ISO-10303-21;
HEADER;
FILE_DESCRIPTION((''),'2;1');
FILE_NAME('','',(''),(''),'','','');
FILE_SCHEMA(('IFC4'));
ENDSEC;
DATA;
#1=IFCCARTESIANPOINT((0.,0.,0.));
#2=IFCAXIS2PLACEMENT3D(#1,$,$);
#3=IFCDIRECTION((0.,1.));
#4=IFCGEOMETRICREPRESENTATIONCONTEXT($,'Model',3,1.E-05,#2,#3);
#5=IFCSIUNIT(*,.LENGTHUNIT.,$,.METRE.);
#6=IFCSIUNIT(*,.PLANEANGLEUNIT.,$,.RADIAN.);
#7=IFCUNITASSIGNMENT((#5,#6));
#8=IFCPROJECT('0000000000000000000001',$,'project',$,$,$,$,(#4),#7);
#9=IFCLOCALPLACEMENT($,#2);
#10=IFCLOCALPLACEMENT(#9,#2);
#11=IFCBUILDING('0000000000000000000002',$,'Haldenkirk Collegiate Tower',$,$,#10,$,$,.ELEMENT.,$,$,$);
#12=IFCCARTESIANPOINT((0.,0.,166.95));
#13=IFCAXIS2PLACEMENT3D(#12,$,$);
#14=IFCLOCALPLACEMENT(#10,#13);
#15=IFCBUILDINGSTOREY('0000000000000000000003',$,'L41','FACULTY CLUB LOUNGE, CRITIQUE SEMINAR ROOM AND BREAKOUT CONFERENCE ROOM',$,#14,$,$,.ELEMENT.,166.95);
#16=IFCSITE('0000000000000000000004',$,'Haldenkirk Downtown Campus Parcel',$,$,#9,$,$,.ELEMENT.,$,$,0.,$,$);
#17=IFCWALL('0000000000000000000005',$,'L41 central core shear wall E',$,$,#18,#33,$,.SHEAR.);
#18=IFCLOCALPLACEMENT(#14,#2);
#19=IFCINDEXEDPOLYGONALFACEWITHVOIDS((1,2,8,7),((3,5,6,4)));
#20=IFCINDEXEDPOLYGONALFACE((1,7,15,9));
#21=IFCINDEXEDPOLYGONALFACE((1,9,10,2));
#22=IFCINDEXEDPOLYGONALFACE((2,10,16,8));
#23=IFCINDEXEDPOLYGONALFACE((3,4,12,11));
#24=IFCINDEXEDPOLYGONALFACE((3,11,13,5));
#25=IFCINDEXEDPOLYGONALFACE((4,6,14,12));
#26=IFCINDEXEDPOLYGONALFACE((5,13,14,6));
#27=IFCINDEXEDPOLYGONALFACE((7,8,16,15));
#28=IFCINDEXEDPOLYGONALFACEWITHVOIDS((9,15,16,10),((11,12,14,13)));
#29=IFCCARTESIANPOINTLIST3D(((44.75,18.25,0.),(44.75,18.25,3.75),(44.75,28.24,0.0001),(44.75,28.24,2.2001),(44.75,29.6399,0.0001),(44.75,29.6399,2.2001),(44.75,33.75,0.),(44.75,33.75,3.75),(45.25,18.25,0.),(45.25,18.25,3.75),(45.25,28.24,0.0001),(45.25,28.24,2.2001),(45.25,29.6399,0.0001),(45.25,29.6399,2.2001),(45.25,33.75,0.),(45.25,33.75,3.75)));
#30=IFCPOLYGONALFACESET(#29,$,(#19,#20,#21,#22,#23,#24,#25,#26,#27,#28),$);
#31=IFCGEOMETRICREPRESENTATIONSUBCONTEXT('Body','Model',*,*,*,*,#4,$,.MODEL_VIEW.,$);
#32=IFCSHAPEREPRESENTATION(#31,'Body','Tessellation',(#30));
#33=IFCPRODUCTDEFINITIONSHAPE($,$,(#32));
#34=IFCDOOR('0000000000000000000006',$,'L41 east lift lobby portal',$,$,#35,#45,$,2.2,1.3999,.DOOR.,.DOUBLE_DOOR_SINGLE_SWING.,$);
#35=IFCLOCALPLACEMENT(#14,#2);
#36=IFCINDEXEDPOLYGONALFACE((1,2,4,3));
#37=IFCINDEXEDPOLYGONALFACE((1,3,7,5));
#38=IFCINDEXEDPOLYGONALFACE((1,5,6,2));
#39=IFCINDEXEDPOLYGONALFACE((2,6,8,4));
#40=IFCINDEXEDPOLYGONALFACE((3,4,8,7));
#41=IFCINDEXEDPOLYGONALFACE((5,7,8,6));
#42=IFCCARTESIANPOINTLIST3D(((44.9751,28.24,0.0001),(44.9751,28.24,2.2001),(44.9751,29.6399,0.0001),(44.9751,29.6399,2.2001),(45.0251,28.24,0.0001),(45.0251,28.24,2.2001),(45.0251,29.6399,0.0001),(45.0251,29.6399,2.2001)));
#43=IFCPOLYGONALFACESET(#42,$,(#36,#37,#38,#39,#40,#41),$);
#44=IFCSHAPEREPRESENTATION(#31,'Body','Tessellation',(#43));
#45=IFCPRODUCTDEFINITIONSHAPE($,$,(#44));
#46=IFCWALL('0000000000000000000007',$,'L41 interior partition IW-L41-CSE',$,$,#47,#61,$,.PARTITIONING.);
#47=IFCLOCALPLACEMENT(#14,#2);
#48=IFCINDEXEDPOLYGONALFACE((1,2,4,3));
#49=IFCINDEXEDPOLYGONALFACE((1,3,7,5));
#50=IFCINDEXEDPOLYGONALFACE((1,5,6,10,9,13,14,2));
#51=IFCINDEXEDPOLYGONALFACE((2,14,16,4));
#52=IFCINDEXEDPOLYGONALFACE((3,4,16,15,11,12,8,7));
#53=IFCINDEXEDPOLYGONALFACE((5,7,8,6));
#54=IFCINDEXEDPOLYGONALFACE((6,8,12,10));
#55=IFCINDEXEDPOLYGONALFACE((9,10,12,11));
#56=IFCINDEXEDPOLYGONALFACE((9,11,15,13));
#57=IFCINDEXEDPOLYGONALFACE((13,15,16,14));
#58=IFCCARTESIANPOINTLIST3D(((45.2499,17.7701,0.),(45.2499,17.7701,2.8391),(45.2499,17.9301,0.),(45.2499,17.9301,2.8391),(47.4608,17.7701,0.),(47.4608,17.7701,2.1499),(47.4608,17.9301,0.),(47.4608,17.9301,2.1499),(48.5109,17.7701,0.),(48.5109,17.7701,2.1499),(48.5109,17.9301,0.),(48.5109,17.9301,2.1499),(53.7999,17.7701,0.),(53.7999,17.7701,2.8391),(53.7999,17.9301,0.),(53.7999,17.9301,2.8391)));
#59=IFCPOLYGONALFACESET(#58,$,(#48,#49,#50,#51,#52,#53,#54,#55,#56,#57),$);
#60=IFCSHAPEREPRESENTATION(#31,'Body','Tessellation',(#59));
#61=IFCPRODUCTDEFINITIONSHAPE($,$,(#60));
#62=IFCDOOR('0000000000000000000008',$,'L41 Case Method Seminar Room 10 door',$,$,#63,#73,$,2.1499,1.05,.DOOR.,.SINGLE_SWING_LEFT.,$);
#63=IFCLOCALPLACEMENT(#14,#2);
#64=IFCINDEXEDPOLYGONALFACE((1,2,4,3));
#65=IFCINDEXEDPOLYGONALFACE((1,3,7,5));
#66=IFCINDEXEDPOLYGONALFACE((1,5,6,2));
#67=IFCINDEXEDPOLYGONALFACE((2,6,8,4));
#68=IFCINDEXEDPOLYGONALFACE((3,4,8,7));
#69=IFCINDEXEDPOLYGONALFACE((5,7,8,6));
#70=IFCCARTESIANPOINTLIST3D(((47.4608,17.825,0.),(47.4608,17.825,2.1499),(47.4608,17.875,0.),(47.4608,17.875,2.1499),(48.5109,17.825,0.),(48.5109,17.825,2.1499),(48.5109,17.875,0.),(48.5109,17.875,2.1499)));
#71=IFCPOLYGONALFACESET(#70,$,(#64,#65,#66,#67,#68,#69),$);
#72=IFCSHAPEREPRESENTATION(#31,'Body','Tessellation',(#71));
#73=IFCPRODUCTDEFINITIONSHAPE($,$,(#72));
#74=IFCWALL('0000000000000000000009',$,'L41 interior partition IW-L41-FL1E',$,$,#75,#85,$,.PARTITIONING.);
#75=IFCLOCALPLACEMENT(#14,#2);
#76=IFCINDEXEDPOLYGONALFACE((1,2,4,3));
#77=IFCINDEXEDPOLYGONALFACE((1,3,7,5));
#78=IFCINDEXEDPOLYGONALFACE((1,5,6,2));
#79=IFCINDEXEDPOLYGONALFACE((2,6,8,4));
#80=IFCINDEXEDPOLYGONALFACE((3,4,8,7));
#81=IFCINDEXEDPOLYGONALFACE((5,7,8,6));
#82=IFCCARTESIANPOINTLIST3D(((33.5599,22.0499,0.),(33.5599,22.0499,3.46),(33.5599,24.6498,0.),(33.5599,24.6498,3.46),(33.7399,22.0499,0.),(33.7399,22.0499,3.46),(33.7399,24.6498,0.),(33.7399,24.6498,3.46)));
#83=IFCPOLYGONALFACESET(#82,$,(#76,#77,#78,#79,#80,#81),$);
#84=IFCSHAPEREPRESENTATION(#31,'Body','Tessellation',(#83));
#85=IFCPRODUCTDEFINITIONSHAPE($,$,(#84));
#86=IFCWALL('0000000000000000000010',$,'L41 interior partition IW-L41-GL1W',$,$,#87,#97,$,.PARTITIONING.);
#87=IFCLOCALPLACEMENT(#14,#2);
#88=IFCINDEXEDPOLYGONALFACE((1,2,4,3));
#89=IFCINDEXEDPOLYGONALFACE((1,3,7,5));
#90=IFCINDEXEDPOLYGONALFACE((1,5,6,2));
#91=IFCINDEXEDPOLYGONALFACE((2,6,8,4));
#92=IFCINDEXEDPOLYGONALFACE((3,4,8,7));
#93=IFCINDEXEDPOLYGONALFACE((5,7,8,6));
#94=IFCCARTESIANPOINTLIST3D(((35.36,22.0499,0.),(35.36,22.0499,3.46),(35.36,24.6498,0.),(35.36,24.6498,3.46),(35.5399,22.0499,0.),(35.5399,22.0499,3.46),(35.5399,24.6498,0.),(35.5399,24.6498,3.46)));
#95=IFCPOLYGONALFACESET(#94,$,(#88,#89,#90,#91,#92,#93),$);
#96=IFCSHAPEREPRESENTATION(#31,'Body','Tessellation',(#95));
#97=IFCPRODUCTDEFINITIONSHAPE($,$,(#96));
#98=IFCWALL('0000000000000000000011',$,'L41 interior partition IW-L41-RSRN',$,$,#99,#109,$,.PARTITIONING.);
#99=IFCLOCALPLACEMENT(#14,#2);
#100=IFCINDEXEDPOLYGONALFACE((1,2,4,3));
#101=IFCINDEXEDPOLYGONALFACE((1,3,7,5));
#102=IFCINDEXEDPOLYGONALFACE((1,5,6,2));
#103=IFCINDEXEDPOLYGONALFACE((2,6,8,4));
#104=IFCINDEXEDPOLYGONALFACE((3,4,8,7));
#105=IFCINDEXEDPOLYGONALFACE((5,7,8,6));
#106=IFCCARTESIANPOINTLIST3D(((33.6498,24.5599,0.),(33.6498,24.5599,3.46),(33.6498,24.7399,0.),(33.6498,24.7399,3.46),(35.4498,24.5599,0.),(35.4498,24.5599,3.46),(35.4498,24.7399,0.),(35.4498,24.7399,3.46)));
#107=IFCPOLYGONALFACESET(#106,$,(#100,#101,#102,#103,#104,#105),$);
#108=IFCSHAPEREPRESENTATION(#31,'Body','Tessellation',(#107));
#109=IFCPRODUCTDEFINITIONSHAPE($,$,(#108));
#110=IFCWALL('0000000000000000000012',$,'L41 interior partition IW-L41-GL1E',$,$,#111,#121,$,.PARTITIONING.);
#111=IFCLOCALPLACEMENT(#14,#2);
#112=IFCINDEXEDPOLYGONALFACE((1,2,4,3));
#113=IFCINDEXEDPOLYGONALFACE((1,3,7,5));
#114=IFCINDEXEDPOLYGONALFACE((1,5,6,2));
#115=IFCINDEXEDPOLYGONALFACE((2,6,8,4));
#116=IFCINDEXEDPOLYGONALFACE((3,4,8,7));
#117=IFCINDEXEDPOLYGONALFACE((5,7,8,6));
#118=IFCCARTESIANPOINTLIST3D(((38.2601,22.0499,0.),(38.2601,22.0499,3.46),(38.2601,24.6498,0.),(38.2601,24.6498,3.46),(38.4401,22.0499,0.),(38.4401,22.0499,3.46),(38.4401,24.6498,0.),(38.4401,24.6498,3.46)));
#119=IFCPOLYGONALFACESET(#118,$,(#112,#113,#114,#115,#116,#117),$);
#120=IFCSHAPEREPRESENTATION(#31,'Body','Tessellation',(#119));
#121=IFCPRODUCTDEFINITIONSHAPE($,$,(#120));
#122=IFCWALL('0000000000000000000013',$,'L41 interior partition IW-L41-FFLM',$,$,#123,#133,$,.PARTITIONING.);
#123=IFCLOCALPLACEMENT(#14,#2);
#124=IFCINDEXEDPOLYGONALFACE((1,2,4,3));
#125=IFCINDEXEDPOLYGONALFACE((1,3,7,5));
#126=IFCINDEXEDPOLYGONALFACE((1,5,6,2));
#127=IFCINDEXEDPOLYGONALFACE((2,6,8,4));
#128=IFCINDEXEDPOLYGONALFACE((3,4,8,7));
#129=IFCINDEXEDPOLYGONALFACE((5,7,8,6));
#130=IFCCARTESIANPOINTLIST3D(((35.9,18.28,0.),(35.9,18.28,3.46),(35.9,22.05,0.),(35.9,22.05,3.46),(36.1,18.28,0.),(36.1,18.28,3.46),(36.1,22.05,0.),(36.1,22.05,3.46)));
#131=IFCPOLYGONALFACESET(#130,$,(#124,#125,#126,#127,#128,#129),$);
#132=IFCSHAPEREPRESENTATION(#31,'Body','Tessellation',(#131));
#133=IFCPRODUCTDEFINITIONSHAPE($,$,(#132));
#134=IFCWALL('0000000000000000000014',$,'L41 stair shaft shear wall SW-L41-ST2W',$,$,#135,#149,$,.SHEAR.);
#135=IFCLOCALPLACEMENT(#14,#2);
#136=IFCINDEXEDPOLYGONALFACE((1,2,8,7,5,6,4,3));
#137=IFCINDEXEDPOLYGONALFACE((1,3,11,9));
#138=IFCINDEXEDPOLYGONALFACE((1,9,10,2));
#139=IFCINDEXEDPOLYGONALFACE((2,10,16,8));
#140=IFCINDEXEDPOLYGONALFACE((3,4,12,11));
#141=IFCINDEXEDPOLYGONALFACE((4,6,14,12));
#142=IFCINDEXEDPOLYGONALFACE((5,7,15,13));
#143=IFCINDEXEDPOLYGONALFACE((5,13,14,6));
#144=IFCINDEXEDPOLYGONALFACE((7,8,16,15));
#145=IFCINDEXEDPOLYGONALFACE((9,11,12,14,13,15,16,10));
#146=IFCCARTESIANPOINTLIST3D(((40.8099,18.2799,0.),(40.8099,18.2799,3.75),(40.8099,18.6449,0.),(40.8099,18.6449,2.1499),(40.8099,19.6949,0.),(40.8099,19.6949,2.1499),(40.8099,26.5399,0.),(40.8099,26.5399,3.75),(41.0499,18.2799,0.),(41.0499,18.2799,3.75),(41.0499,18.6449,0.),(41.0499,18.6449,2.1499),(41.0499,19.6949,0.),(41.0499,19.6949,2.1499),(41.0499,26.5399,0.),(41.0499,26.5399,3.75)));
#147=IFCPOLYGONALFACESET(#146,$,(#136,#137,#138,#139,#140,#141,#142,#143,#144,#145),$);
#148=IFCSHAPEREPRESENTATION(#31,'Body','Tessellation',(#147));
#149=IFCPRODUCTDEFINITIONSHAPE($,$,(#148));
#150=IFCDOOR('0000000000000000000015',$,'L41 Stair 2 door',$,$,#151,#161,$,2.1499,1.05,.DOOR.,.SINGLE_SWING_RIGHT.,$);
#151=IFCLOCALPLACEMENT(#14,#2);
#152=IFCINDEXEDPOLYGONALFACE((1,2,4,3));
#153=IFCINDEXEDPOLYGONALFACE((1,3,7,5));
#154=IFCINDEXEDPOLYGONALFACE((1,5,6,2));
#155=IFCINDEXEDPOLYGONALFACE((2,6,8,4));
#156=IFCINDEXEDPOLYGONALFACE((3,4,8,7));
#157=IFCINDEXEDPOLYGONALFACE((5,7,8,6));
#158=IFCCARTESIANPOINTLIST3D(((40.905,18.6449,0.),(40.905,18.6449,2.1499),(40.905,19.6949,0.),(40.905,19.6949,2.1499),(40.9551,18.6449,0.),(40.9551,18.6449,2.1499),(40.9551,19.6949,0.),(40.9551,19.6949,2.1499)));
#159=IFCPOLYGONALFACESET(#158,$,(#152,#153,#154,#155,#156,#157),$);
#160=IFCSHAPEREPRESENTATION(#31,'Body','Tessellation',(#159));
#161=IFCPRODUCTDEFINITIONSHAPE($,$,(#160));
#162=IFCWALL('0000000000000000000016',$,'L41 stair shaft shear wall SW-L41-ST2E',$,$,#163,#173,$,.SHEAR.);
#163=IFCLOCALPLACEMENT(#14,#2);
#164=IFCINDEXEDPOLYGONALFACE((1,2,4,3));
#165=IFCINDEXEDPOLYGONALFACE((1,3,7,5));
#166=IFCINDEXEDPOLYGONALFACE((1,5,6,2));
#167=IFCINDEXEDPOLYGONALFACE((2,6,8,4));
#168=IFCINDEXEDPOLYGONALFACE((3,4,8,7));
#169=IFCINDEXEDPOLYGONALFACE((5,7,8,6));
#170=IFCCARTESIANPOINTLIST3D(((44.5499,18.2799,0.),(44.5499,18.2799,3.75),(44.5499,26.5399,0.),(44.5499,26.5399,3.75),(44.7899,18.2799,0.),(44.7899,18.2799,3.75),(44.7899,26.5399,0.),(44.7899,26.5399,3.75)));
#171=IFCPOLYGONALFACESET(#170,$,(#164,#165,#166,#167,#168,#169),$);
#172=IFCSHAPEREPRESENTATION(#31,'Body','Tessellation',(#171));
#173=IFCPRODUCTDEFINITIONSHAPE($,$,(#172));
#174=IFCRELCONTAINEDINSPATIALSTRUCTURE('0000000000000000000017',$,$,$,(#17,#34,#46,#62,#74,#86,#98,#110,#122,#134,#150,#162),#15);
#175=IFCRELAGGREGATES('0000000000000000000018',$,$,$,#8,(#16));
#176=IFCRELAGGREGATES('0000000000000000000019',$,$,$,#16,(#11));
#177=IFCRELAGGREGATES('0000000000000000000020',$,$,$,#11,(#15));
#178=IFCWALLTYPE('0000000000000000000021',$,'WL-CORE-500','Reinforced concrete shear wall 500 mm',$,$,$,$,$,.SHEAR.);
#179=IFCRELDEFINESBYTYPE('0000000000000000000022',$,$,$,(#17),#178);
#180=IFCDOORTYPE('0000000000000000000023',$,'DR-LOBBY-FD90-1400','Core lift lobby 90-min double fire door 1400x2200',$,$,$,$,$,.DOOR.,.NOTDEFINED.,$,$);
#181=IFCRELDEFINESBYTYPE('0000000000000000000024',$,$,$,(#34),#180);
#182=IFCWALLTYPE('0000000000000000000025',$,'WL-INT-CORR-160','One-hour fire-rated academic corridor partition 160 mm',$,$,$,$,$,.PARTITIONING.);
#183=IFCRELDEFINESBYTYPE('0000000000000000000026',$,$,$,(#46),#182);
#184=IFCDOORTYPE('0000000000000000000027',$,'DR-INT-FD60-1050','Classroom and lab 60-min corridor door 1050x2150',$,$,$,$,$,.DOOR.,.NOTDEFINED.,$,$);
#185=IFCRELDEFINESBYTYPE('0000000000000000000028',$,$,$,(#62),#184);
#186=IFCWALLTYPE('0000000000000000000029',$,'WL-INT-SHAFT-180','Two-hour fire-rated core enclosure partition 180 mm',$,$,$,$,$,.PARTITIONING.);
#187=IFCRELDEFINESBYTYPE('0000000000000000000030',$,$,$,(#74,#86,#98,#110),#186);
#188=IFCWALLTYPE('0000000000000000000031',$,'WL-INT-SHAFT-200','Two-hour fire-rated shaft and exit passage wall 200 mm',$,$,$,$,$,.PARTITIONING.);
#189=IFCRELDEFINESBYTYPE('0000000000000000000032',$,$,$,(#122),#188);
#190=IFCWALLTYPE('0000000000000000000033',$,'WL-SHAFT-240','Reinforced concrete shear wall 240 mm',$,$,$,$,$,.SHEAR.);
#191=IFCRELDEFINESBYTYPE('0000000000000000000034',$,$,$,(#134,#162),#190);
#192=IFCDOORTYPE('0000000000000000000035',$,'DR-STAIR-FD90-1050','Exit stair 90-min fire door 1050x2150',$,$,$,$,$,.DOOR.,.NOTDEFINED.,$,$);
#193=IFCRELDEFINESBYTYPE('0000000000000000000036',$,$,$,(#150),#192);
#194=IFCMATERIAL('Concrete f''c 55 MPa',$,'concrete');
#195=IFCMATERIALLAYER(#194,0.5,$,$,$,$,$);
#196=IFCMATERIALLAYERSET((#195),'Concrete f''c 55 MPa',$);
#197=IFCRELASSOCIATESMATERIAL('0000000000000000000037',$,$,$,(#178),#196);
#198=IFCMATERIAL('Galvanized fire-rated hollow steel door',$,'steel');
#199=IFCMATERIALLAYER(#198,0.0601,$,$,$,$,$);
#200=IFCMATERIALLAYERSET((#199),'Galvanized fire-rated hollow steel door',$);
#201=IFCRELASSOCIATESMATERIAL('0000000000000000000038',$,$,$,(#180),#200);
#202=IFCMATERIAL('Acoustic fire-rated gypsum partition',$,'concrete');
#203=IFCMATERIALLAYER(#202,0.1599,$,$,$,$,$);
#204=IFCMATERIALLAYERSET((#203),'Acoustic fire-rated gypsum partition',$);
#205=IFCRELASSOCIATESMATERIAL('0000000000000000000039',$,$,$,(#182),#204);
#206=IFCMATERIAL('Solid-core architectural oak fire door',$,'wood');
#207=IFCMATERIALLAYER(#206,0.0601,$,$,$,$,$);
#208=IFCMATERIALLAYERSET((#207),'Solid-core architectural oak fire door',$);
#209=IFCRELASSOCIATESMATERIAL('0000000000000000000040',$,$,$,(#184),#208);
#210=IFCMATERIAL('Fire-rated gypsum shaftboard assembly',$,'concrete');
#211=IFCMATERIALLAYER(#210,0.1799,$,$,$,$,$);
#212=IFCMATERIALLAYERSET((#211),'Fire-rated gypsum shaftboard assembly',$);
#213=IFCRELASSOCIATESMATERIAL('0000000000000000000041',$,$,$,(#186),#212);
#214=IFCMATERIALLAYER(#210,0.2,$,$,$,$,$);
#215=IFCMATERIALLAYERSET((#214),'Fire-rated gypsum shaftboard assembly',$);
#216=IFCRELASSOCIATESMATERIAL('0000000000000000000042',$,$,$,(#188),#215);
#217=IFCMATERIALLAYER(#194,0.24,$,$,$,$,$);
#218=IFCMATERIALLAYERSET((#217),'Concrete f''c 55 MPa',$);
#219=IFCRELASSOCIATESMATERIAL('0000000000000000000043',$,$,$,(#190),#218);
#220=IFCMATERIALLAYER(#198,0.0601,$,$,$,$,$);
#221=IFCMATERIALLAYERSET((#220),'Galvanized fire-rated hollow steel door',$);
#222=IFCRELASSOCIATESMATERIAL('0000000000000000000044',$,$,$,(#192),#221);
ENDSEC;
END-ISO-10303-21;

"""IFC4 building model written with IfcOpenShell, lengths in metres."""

from ifc_helpers import new_model, si_unit, direction, frame, frame_2d, origin, place, context, subcontext, project, spatial, rectangle, extrude, material, layer, layer_set, type_object, element, fill, save


model = new_model("IFC4")

# Units and contexts
model_context = context("Model", 3, precision=1e-05, world=origin(), true_north=direction((0.0, 1.0)))
body_context = subcontext(model_context, "Body", "Model", "MODEL_VIEW")
ifc_project = project(units=[si_unit("LENGTHUNIT", "METRE"), si_unit("PLANEANGLEUNIT", "RADIAN")], contexts=[model_context])

# Site, building, storey
site_placement = place(None, origin())
site = spatial("IfcSite", under=ifc_project, at=site_placement, Name="Haldenkirk Downtown Campus Parcel", CompositionType="ELEMENT", RefElevation=0.0)
building_placement = place(site_placement, origin())
building = spatial("IfcBuilding", under=site, at=building_placement, Name="Haldenkirk Collegiate Tower", CompositionType="ELEMENT")
storey_placement = place(building_placement, frame((0.0, 0.0, 166.95)))
storey = spatial("IfcBuildingStorey", under=building, at=storey_placement, Name="L41", Description="FACULTY CLUB LOUNGE, CRITIQUE SEMINAR ROOM AND BREAKOUT CONFERENCE ROOM", CompositionType="ELEMENT", Elevation=166.95)

# Walls, openings, doors
ifc_material_1 = material(Name="Concrete f'c 55 MPa", Category="concrete")
ifc_layer_1 = layer(ifc_material_1, 0.5)
ifc_layer_set_1 = layer_set([ifc_layer_1], Name="Concrete f'c 55 MPa")
wall_type_1 = type_object("IfcWallType", Name="WL-CORE-500", Description="Reinforced concrete shear wall 500 mm", PredefinedType="SHEAR", material=ifc_layer_set_1)
wall_1_placement = place(storey_placement, frame((45.0, 18.25, 0.0), z_axis=(0.0, 0.0, 1.0), x_axis=(0.0, 1.0, 0.0)))
wall_1 = element("IfcWall", 1, at=wall_1_placement, inside=storey, type_object=wall_type_1, Name="L41 central core shear wall E", PredefinedType="SHEAR", context=body_context, shape_type="SweptSolid", body=[
    extrude(rectangle(XDim=15.5, YDim=0.5, at=frame_2d((7.75, 0.0))), origin(), (0.0, 0.0, 1.0), 3.75),
])
opening_1_placement = place(wall_1_placement, frame((9.99, 0.0, 0.0)))
opening_1 = element("IfcOpeningElement", 2, at=opening_1_placement, cuts=wall_1, PredefinedType="OPENING", context=body_context, shape_type="SweptSolid", body=[
    extrude(rectangle(XDim=1.3999, YDim=2.2, at=frame_2d((0.7, 1.1001))), frame((0.0, 0.26, 0.0), z_axis=(0.0, -1.0, 0.0), x_axis=(1.0, 0.0, 0.0)), (0.0, 0.0, 1.0), 0.52),
])
ifc_material_2 = material(Name="Galvanized fire-rated hollow steel door", Category="steel")
ifc_layer_2 = layer(ifc_material_2, 0.0601)
ifc_layer_set_2 = layer_set([ifc_layer_2], Name="Galvanized fire-rated hollow steel door")
door_type_1 = type_object("IfcDoorType", Name="DR-LOBBY-FD90-1400", Description="Core lift lobby 90-min double fire door 1400x2200", OperationType="NOTDEFINED", PredefinedType="DOOR", material=ifc_layer_set_2)
door_1_placement = place(opening_1_placement, origin())
door_1 = element("IfcDoor", 3, at=door_1_placement, inside=storey, type_object=door_type_1, Name="L41 east lift lobby portal", OperationType="DOUBLE_DOOR_SINGLE_SWING", OverallHeight=2.2, OverallWidth=1.3999, PredefinedType="DOOR", context=body_context, shape_type="SweptSolid", body=[
    extrude(rectangle(XDim=1.3999, YDim=2.2, at=frame_2d((0.7, 1.1001))), frame((0.0, 0.0249, 0.0), z_axis=(0.0, -1.0, 0.0), x_axis=(1.0, 0.0, 0.0)), (0.0, 0.0, 1.0), 0.05),
])
fill(opening_1, door_1)
ifc_material_3 = material(Name="Acoustic fire-rated gypsum partition", Category="concrete")
ifc_layer_3 = layer(ifc_material_3, 0.1599)
ifc_layer_set_3 = layer_set([ifc_layer_3], Name="Acoustic fire-rated gypsum partition")
wall_type_2 = type_object("IfcWallType", Name="WL-INT-CORR-160", Description="One-hour fire-rated academic corridor partition 160 mm", PredefinedType="PARTITIONING", material=ifc_layer_set_3)
wall_2_placement = place(storey_placement, frame((45.25, 17.8501, 0.0), z_axis=(0.0, 0.0, 1.0), x_axis=(1.0, 0.0, 0.0)))
wall_2 = element("IfcWall", 4, at=wall_2_placement, inside=storey, type_object=wall_type_2, Name="L41 interior partition IW-L41-CSE", PredefinedType="PARTITIONING", context=body_context, shape_type="SweptSolid", body=[
    extrude(rectangle(XDim=8.55, YDim=0.1599, at=frame_2d((4.2749, 0.0))), origin(), (0.0, 0.0, 1.0), 2.8391),
])
opening_2_placement = place(wall_2_placement, frame((2.2109, 0.0, 0.0)))
opening_2 = element("IfcOpeningElement", 5, at=opening_2_placement, cuts=wall_2, PredefinedType="OPENING", context=body_context, shape_type="SweptSolid", body=[
    extrude(rectangle(XDim=1.05, YDim=2.1499, at=frame_2d((0.5249, 1.075))), frame((0.0, 0.0898, 0.0), z_axis=(0.0, -1.0, 0.0), x_axis=(1.0, 0.0, 0.0)), (0.0, 0.0, 1.0), 0.1799),
])
ifc_material_4 = material(Name="Solid-core architectural oak fire door", Category="wood")
ifc_layer_4 = layer(ifc_material_4, 0.0601)
ifc_layer_set_4 = layer_set([ifc_layer_4], Name="Solid-core architectural oak fire door")
door_type_2 = type_object("IfcDoorType", Name="DR-INT-FD60-1050", Description="Classroom and lab 60-min corridor door 1050x2150", OperationType="NOTDEFINED", PredefinedType="DOOR", material=ifc_layer_set_4)
door_2_placement = place(opening_2_placement, origin())
door_2 = element("IfcDoor", 6, at=door_2_placement, inside=storey, type_object=door_type_2, Name="L41 Case Method Seminar Room 10 door", OperationType="SINGLE_SWING_LEFT", OverallHeight=2.1499, OverallWidth=1.05, PredefinedType="DOOR", context=body_context, shape_type="SweptSolid", body=[
    extrude(rectangle(XDim=1.05, YDim=2.1499, at=frame_2d((0.5249, 1.075))), frame((0.0, 0.0249, 0.0), z_axis=(0.0, -1.0, 0.0), x_axis=(1.0, 0.0, 0.0)), (0.0, 0.0, 1.0), 0.05),
])
fill(opening_2, door_2)

# Walls
ifc_material_5 = material(Name="Fire-rated gypsum shaftboard assembly", Category="concrete")
ifc_layer_5 = layer(ifc_material_5, 0.1799)
ifc_layer_set_5 = layer_set([ifc_layer_5], Name="Fire-rated gypsum shaftboard assembly")
wall_type_3 = type_object("IfcWallType", Name="WL-INT-SHAFT-180", Description="Two-hour fire-rated core enclosure partition 180 mm", PredefinedType="PARTITIONING", material=ifc_layer_set_5)
for number, where, z_axis, x_axis, name in (
    (7, (33.6499, 22.05, 0.0), (0.0, 0.0, 1.0), (0.0, 1.0, 0.0), "L41 interior partition IW-L41-FL1E"),
    (8, (35.45, 22.05, 0.0), (0.0, 0.0, 1.0), (0.0, 1.0, 0.0), "L41 interior partition IW-L41-GL1W"),
):
    element("IfcWall", number, at=place(storey_placement, frame(where, z_axis=z_axis, x_axis=x_axis)), inside=storey, type_object=wall_type_3, Name=name, PredefinedType="PARTITIONING", context=body_context, shape_type="SweptSolid", body=[
        extrude(rectangle(XDim=2.5999, YDim=0.1799, at=frame_2d((1.2998, 0.0))), origin(), (0.0, 0.0, 1.0), 3.46),
    ])
wall_3_placement = place(storey_placement, frame((33.6499, 24.6499, 0.0), z_axis=(0.0, 0.0, 1.0), x_axis=(1.0, 0.0, 0.0)))
element("IfcWall", 9, at=wall_3_placement, inside=storey, type_object=wall_type_3, Name="L41 interior partition IW-L41-RSRN", PredefinedType="PARTITIONING", context=body_context, shape_type="SweptSolid", body=[
    extrude(rectangle(XDim=1.8, YDim=0.1799, at=frame_2d((0.8999, 0.0))), origin(), (0.0, 0.0, 1.0), 3.46),
])
wall_4_placement = place(storey_placement, frame((38.3501, 22.05, 0.0), z_axis=(0.0, 0.0, 1.0), x_axis=(0.0, 1.0, 0.0)))
element("IfcWall", 10, at=wall_4_placement, inside=storey, type_object=wall_type_3, Name="L41 interior partition IW-L41-GL1E", PredefinedType="PARTITIONING", context=body_context, shape_type="SweptSolid", body=[
    extrude(rectangle(XDim=2.5999, YDim=0.1799, at=frame_2d((1.2998, 0.0))), origin(), (0.0, 0.0, 1.0), 3.46),
])
ifc_layer_6 = layer(ifc_material_5, 0.2)
ifc_layer_set_6 = layer_set([ifc_layer_6], Name="Fire-rated gypsum shaftboard assembly")
wall_type_4 = type_object("IfcWallType", Name="WL-INT-SHAFT-200", Description="Two-hour fire-rated shaft and exit passage wall 200 mm", PredefinedType="PARTITIONING", material=ifc_layer_set_6)
wall_5_placement = place(storey_placement, frame((36.0, 18.28, 0.0), z_axis=(0.0, 0.0, 1.0), x_axis=(0.0, 1.0, 0.0)))
element("IfcWall", 11, at=wall_5_placement, inside=storey, type_object=wall_type_4, Name="L41 interior partition IW-L41-FFLM", PredefinedType="PARTITIONING", context=body_context, shape_type="SweptSolid", body=[
    extrude(rectangle(XDim=3.77, YDim=0.2, at=frame_2d((1.885, 0.0))), origin(), (0.0, 0.0, 1.0), 3.46),
])

# Wall, opening, door
ifc_layer_7 = layer(ifc_material_1, 0.24)
ifc_layer_set_7 = layer_set([ifc_layer_7], Name="Concrete f'c 55 MPa")
wall_type_5 = type_object("IfcWallType", Name="WL-SHAFT-240", Description="Reinforced concrete shear wall 240 mm", PredefinedType="SHEAR", material=ifc_layer_set_7)
wall_6_placement = place(storey_placement, frame((40.9299, 18.28, 0.0), z_axis=(0.0, 0.0, 1.0), x_axis=(0.0, 1.0, 0.0)))
wall_6 = element("IfcWall", 12, at=wall_6_placement, inside=storey, type_object=wall_type_5, Name="L41 stair shaft shear wall SW-L41-ST2W", PredefinedType="SHEAR", context=body_context, shape_type="SweptSolid", body=[
    extrude(rectangle(XDim=8.26, YDim=0.24, at=frame_2d((4.1299, 0.0))), origin(), (0.0, 0.0, 1.0), 3.75),
])
opening_3_placement = place(wall_6_placement, frame((0.365, 0.0, 0.0)))
opening_3 = element("IfcOpeningElement", 13, at=opening_3_placement, cuts=wall_6, PredefinedType="OPENING", context=body_context, shape_type="SweptSolid", body=[
    extrude(rectangle(XDim=1.05, YDim=2.1499, at=frame_2d((0.5249, 1.075))), frame((0.0, 0.1299, 0.0), z_axis=(0.0, -1.0, 0.0), x_axis=(1.0, 0.0, 0.0)), (0.0, 0.0, 1.0), 0.26),
])
ifc_layer_8 = layer(ifc_material_2, 0.0601)
ifc_layer_set_8 = layer_set([ifc_layer_8], Name="Galvanized fire-rated hollow steel door")
door_type_3 = type_object("IfcDoorType", Name="DR-STAIR-FD90-1050", Description="Exit stair 90-min fire door 1050x2150", OperationType="NOTDEFINED", PredefinedType="DOOR", material=ifc_layer_set_8)
door_3_placement = place(opening_3_placement, origin())
door_3 = element("IfcDoor", 14, at=door_3_placement, inside=storey, type_object=door_type_3, Name="L41 Stair 2 door", OperationType="SINGLE_SWING_RIGHT", OverallHeight=2.1499, OverallWidth=1.05, PredefinedType="DOOR", context=body_context, shape_type="SweptSolid", body=[
    extrude(rectangle(XDim=1.05, YDim=2.1499, at=frame_2d((0.5249, 1.075))), frame((0.0, 0.0249, 0.0), z_axis=(0.0, -1.0, 0.0), x_axis=(1.0, 0.0, 0.0)), (0.0, 0.0, 1.0), 0.05),
])
fill(opening_3, door_3)

# Wall
wall_7_placement = place(storey_placement, frame((44.6699, 18.28, 0.0), z_axis=(0.0, 0.0, 1.0), x_axis=(0.0, 1.0, 0.0)))
element("IfcWall", 15, at=wall_7_placement, inside=storey, type_object=wall_type_5, Name="L41 stair shaft shear wall SW-L41-ST2E", PredefinedType="SHEAR", context=body_context, shape_type="SweptSolid", body=[
    extrude(rectangle(XDim=8.26, YDim=0.24, at=frame_2d((4.1299, 0.0))), origin(), (0.0, 0.0, 1.0), 3.75),
])

save(model, "model.ifc")
